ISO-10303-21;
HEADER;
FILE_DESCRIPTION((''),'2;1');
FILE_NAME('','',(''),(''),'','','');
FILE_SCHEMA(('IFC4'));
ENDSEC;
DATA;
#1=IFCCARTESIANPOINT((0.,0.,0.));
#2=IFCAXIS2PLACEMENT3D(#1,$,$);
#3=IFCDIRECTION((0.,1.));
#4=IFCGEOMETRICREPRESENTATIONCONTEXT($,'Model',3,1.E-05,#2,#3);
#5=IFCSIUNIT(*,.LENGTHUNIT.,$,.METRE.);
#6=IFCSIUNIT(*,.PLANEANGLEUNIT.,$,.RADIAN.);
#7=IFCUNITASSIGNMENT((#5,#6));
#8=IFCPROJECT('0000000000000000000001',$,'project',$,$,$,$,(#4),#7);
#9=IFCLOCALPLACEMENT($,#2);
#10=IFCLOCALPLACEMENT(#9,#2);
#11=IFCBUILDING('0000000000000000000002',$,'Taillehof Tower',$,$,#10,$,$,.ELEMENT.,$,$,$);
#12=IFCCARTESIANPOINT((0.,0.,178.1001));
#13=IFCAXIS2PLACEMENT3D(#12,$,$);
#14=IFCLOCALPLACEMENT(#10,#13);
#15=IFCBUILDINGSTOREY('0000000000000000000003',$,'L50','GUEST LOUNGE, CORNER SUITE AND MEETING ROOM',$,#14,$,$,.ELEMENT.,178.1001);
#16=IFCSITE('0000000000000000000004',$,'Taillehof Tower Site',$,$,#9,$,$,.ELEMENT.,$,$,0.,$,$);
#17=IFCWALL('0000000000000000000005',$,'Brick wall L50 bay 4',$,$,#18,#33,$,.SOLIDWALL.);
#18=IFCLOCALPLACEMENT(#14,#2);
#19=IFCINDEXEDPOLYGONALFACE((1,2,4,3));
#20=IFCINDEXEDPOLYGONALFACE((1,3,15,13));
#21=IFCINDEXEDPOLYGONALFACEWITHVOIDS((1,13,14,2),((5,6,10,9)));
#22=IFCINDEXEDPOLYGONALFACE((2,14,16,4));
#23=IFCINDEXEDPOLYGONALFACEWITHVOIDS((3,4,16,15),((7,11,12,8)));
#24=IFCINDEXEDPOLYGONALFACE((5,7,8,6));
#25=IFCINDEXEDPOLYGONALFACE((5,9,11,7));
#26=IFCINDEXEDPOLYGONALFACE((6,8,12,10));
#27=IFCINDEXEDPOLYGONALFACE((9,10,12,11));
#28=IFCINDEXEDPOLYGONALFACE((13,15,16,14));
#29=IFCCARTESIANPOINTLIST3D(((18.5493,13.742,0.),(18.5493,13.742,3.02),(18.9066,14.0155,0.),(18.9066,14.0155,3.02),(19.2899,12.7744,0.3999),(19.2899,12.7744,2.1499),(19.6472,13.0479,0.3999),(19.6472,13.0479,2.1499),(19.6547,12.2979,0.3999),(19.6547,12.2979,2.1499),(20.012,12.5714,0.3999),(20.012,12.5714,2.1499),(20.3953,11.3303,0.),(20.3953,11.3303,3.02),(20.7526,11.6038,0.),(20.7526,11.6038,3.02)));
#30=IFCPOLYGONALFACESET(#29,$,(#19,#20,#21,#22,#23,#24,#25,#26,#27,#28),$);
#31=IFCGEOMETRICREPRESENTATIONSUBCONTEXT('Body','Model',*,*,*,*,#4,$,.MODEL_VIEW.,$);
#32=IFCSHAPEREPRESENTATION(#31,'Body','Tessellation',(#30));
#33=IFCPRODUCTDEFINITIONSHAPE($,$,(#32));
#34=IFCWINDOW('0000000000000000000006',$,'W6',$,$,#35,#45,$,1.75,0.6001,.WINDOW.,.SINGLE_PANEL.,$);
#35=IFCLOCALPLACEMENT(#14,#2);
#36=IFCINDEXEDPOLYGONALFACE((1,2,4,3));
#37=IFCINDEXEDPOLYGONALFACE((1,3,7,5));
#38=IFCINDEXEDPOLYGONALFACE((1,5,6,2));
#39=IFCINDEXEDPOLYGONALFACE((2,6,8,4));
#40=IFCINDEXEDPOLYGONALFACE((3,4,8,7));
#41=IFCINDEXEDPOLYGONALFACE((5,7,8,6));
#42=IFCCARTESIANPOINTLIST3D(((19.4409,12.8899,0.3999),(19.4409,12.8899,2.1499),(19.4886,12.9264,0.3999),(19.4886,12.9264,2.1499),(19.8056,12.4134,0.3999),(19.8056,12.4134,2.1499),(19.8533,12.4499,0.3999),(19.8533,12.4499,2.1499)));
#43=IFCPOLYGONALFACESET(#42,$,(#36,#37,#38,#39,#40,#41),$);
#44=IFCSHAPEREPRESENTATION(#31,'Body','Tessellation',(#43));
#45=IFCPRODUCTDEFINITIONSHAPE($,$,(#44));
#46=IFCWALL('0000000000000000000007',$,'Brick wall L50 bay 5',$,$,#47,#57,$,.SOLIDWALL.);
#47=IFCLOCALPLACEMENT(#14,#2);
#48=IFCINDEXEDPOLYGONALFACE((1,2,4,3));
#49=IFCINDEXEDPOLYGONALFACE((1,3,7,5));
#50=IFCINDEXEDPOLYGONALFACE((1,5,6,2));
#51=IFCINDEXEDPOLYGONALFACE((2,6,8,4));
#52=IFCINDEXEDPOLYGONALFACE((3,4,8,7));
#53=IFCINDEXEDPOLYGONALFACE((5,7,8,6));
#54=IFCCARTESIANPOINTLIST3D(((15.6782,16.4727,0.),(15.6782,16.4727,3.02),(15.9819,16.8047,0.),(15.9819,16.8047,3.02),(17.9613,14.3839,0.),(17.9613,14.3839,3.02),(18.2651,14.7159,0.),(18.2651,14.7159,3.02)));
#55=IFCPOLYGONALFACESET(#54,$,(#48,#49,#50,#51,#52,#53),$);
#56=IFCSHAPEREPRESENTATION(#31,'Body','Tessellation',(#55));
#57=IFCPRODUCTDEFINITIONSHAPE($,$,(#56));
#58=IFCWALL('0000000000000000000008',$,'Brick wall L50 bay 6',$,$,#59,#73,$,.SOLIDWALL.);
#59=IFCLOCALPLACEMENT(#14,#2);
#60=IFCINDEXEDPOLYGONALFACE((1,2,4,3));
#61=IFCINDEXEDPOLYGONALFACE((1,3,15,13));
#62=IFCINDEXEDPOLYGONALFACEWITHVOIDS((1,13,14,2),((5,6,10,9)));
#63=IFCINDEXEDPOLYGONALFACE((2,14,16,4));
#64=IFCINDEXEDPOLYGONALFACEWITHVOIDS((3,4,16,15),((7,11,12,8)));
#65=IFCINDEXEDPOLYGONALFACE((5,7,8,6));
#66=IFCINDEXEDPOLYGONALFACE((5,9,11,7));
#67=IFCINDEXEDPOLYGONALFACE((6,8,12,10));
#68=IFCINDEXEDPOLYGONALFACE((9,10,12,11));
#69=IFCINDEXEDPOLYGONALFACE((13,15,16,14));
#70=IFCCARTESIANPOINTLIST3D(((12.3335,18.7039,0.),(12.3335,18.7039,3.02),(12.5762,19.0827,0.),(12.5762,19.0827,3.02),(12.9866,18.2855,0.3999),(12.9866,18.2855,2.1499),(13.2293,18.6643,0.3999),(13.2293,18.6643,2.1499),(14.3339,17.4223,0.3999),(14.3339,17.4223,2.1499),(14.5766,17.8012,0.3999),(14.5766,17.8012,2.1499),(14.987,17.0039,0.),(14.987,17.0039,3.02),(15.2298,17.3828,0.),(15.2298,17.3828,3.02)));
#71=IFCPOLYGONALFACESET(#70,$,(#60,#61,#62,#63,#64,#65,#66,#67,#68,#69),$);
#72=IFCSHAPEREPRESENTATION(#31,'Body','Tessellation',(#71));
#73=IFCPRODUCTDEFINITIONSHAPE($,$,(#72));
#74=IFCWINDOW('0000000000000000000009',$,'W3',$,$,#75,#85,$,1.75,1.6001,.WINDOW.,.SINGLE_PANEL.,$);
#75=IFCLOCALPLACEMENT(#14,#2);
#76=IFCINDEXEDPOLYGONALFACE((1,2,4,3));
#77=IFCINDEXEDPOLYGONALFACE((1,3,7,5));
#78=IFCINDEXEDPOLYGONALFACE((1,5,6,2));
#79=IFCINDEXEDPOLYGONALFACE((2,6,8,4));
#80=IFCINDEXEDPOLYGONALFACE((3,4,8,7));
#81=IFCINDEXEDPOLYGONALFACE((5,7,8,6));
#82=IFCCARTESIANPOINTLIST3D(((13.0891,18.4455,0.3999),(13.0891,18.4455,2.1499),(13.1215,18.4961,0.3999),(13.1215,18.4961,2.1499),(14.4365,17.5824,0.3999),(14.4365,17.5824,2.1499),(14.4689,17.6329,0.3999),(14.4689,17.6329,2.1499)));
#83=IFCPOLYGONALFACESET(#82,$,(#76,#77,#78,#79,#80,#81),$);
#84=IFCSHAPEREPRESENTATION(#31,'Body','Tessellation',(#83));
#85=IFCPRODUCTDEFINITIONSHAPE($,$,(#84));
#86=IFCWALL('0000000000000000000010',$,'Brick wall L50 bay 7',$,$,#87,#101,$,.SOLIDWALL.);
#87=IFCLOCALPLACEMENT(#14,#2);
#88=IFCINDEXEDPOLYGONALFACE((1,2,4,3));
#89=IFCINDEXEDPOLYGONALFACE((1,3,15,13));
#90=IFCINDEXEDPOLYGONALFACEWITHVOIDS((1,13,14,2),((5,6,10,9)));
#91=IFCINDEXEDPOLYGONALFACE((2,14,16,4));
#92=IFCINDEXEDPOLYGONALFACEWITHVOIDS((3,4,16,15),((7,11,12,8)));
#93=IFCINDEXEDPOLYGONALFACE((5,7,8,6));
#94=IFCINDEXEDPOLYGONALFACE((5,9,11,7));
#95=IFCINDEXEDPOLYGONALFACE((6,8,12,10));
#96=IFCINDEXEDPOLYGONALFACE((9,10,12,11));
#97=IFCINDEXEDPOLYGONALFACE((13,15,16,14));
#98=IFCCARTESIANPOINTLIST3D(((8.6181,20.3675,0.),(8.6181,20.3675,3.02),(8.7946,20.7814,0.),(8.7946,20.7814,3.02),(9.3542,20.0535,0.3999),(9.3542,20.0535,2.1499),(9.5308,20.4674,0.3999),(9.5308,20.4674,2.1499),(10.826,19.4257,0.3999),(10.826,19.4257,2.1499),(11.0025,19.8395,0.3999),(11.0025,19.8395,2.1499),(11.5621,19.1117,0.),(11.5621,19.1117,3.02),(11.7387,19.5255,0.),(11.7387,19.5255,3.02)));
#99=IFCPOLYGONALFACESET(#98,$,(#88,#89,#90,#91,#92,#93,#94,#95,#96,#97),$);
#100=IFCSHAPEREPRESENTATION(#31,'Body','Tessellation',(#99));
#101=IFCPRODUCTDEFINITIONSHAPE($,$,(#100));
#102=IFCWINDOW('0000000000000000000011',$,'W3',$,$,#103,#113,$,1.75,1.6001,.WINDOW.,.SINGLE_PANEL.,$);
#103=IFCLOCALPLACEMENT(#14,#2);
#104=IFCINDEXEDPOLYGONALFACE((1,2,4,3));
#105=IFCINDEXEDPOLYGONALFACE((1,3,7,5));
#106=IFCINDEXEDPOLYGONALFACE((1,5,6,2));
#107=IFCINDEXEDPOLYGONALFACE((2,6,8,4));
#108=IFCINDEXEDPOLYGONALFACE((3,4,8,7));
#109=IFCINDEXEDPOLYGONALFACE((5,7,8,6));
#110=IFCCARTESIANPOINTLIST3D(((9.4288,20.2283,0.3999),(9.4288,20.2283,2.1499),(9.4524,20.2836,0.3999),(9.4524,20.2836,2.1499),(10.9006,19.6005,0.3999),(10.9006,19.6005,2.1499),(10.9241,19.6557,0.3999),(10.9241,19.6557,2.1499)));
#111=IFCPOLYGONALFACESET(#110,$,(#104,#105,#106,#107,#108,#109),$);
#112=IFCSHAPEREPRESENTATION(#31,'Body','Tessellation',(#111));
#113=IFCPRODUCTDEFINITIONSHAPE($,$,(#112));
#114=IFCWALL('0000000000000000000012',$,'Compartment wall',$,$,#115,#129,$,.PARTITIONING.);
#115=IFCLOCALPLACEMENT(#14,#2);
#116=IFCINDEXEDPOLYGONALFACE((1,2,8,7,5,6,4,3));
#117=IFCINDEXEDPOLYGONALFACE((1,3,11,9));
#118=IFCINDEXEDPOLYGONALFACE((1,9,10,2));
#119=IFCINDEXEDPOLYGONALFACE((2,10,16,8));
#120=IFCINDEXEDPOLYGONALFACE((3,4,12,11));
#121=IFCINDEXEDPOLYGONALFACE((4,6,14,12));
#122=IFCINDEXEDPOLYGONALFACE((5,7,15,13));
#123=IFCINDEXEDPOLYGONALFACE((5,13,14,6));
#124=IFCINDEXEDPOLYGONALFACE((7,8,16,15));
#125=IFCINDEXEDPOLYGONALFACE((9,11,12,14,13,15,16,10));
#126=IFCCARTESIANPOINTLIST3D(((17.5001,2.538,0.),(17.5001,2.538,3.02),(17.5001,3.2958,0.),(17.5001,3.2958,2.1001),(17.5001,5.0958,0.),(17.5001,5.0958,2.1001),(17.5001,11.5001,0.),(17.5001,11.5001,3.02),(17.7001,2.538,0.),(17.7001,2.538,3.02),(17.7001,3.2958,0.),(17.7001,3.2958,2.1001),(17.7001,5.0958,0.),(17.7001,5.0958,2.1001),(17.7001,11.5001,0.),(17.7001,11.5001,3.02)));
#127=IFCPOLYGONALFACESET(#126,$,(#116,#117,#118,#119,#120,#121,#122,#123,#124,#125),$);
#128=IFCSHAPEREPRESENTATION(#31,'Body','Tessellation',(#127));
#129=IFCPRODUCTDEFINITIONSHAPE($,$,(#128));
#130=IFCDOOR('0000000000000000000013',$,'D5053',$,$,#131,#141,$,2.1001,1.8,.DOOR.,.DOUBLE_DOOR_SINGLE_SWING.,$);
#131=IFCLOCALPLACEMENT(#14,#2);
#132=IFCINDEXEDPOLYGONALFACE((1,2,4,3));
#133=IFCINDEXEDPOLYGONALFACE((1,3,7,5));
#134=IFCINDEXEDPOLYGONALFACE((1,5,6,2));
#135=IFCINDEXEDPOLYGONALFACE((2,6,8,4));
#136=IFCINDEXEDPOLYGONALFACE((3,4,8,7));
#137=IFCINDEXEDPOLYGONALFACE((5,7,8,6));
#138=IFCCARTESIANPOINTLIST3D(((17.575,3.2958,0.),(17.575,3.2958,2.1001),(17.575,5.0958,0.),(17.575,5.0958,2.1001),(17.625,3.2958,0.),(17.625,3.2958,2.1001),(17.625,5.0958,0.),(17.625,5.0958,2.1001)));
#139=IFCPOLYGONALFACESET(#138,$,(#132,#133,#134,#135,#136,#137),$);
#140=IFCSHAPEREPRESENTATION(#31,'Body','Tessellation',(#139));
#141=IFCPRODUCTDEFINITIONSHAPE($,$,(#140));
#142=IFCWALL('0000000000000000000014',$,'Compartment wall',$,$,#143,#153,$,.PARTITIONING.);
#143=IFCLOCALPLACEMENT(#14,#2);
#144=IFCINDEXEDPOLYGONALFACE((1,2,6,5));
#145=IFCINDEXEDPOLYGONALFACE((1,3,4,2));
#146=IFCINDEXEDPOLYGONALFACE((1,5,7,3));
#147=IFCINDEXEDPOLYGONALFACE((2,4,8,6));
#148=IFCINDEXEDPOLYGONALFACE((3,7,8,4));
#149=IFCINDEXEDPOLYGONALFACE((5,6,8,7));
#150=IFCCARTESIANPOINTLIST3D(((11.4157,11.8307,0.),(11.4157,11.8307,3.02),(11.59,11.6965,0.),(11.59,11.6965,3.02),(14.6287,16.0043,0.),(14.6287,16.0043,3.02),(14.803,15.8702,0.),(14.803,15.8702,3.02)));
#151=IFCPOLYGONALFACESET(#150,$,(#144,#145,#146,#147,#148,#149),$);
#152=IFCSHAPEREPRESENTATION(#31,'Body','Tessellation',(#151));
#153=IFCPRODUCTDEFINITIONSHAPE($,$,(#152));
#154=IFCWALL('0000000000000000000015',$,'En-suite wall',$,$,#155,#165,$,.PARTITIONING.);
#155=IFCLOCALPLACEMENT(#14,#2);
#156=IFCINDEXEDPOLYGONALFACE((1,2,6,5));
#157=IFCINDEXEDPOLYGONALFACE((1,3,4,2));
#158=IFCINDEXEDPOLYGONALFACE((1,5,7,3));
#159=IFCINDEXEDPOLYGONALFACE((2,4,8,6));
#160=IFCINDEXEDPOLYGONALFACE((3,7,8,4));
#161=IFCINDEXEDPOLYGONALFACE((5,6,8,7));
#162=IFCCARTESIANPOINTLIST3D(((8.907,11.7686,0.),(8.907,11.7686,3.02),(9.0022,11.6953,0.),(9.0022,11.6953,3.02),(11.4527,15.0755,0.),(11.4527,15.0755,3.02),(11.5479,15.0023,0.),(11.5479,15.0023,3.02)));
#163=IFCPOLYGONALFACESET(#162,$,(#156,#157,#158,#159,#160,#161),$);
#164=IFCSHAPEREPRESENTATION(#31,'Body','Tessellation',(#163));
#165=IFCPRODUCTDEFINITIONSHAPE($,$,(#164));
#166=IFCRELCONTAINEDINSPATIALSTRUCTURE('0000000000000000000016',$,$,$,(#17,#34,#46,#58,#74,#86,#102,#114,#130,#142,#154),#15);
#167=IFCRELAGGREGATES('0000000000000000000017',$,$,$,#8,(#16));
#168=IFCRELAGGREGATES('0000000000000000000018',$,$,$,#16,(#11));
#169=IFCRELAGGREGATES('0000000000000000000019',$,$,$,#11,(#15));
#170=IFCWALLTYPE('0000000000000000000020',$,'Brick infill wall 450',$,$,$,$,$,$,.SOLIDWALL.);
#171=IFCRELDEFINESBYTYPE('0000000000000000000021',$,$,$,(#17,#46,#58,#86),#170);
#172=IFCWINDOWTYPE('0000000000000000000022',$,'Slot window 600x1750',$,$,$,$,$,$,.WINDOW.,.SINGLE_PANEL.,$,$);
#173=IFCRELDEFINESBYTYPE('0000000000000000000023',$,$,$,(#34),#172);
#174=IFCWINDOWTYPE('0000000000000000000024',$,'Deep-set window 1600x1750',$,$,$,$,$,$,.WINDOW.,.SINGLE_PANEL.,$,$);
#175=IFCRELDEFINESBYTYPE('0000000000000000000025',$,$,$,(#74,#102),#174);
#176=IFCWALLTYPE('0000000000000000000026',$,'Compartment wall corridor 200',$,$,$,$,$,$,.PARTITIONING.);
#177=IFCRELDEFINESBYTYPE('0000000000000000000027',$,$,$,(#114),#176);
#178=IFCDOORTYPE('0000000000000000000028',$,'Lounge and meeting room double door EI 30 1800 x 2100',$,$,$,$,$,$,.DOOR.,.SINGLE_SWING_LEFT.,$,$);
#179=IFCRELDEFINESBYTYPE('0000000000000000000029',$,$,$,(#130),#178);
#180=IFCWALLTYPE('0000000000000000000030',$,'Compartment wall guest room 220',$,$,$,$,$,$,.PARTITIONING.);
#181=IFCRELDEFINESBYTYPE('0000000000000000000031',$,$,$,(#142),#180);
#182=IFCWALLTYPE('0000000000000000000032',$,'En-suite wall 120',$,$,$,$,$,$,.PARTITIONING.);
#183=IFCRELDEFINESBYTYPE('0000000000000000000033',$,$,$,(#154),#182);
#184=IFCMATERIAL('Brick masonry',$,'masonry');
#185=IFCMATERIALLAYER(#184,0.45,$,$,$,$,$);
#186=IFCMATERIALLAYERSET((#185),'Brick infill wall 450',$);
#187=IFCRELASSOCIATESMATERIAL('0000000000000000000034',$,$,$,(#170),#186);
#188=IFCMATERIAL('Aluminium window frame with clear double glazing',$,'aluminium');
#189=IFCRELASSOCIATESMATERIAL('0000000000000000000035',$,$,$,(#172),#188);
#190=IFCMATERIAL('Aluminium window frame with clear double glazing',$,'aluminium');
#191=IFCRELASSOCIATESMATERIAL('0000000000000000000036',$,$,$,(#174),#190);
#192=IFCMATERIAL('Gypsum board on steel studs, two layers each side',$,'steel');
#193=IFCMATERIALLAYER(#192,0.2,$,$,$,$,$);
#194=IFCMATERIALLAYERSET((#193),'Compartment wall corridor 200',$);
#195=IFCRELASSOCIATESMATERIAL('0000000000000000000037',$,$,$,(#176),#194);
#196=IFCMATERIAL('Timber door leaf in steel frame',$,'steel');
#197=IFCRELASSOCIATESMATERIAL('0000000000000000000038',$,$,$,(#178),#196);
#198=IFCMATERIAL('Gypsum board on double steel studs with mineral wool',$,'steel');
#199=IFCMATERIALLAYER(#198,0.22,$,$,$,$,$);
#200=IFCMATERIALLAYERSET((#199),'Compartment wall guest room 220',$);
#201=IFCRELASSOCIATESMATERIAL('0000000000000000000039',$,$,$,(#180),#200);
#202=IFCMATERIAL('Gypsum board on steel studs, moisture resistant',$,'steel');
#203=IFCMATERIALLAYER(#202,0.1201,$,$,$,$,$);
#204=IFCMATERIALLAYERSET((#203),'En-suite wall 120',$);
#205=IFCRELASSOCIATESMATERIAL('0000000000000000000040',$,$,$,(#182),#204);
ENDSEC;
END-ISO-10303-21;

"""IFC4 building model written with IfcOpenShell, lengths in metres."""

from ifc_helpers import new_model, si_unit, direction, frame, frame_2d, origin, place, context, subcontext, project, spatial, rectangle, extrude, material, layer, layer_set, type_object, element, fill, save


model = new_model("IFC4")

# Units and contexts
model_context = context("Model", 3, precision=1e-05, world=origin(), true_north=direction((0.0, 1.0)))
body_context = subcontext(model_context, "Body", "Model", "MODEL_VIEW")
ifc_project = project(units=[si_unit("LENGTHUNIT", "METRE"), si_unit("PLANEANGLEUNIT", "RADIAN")], contexts=[model_context])

# Site, building, storey
site_placement = place(None, origin())
site = spatial("IfcSite", under=ifc_project, at=site_placement, Name="Taillehof Tower Site", CompositionType="ELEMENT", RefElevation=0.0)
building_placement = place(site_placement, origin())
building = spatial("IfcBuilding", under=site, at=building_placement, Name="Taillehof Tower", CompositionType="ELEMENT")
storey_placement = place(building_placement, frame((0.0, 0.0, 178.1001)))
storey = spatial("IfcBuildingStorey", under=building, at=storey_placement, Name="L50", Description="GUEST LOUNGE, CORNER SUITE AND MEETING ROOM", CompositionType="ELEMENT", Elevation=178.1001)

# Wall, opening, window
ifc_material_1 = material(Name="Brick masonry", Category="masonry")
ifc_layer_1 = layer(ifc_material_1, 0.45)
ifc_layer_set_1 = layer_set([ifc_layer_1], Name="Brick infill wall 450")
wall_type_1 = type_object("IfcWallType", Name="Brick infill wall 450", PredefinedType="SOLIDWALL", material=ifc_layer_set_1)
wall_1_placement = place(storey_placement, frame((20.574, 11.467, 0.0), z_axis=(0.0, 0.0, 1.0), x_axis=(-0.607817, 0.794077, 0.0)))
wall_1 = element("IfcWall", 1, at=wall_1_placement, inside=storey, type_object=wall_type_1, Name="Brick wall L50 bay 4", PredefinedType="SOLIDWALL", context=body_context, shape_type="SweptSolid", body=[
    extrude(rectangle(XDim=3.0371, YDim=0.45, at=frame_2d((1.5186, 0.0))), origin(), (0.0, 0.0, 1.0), 3.02),
])
opening_1_placement = place(wall_1_placement, frame((1.2185, 0.0, 0.3999)))
opening_1 = element("IfcOpeningElement", 2, at=opening_1_placement, cuts=wall_1, PredefinedType="OPENING", context=body_context, shape_type="SweptSolid", body=[
    extrude(rectangle(XDim=0.6001, YDim=1.75, at=frame_2d((0.3, 0.875))), frame((0.0, 0.2349, 0.0), z_axis=(0.0, -1.0, 0.0), x_axis=(1.0, 0.0, 0.0)), (0.0, 0.0, 1.0), 0.47),
])
ifc_material_2 = material(Name="Aluminium window frame with clear double glazing", Category="aluminium")
window_type_1 = type_object("IfcWindowType", Name="Slot window 600x1750", PartitioningType="SINGLE_PANEL", PredefinedType="WINDOW", material=ifc_material_2)
window_1_placement = place(opening_1_placement, origin())
window_1 = element("IfcWindow", 3, at=window_1_placement, inside=storey, type_object=window_type_1, Name="W6", OverallHeight=1.75, OverallWidth=0.6001, PartitioningType="SINGLE_PANEL", PredefinedType="WINDOW", context=body_context, shape_type="SweptSolid", body=[
    extrude(rectangle(XDim=0.6001, YDim=1.75, at=frame_2d((0.3, 0.875))), frame((0.0, 0.0349, 0.0), z_axis=(0.0, -1.0, 0.0), x_axis=(1.0, 0.0, 0.0)), (0.0, 0.0, 1.0), 0.0601),
])
fill(opening_1, window_1)

# Wall
wall_2_placement = place(storey_placement, frame((18.1133, 14.5498, 0.0), z_axis=(0.0, 0.0, 1.0), x_axis=(-0.737809, 0.67501, 0.0)))
element("IfcWall", 4, at=wall_2_placement, inside=storey, type_object=wall_type_1, Name="Brick wall L50 bay 5", PredefinedType="SOLIDWALL", context=body_context, shape_type="SweptSolid", body=[
    extrude(rectangle(XDim=3.0945, YDim=0.45, at=frame_2d((1.5474, 0.0))), origin(), (0.0, 0.0, 1.0), 3.02),
])

# Walls, openings, windows
wall_3_placement = place(storey_placement, frame((15.1084, 17.1934, 0.0), z_axis=(0.0, 0.0, 1.0), x_axis=(-0.842031, 0.53943, 0.0)))
wall_3 = element("IfcWall", 5, at=wall_3_placement, inside=storey, type_object=wall_type_1, Name="Brick wall L50 bay 6", PredefinedType="SOLIDWALL", context=body_context, shape_type="SweptSolid", body=[
    extrude(rectangle(XDim=3.1514, YDim=0.45, at=frame_2d((1.5757, 0.0))), origin(), (0.0, 0.0, 1.0), 3.02),
])
opening_2_placement = place(wall_3_placement, frame((0.7756, 0.0, 0.3999)))
opening_2 = element("IfcOpeningElement", 6, at=opening_2_placement, cuts=wall_3, PredefinedType="OPENING", context=body_context, shape_type="SweptSolid", body=[
    extrude(rectangle(XDim=1.6001, YDim=1.75, at=frame_2d((0.8, 0.875))), frame((0.0, 0.2349, 0.0), z_axis=(0.0, -1.0, 0.0), x_axis=(1.0, 0.0, 0.0)), (0.0, 0.0, 1.0), 0.47),
])
ifc_material_3 = material(Name="Aluminium window frame with clear double glazing", Category="aluminium")
window_type_2 = type_object("IfcWindowType", Name="Deep-set window 1600x1750", PartitioningType="SINGLE_PANEL", PredefinedType="WINDOW", material=ifc_material_3)
window_2_placement = place(opening_2_placement, origin())
window_2 = element("IfcWindow", 7, at=window_2_placement, inside=storey, type_object=window_type_2, Name="W3", OverallHeight=1.75, OverallWidth=1.6001, PartitioningType="SINGLE_PANEL", PredefinedType="WINDOW", context=body_context, shape_type="SweptSolid", body=[
    extrude(rectangle(XDim=1.6001, YDim=1.75, at=frame_2d((0.8, 0.875))), frame((0.0, 0.0349, 0.0), z_axis=(0.0, -1.0, 0.0), x_axis=(1.0, 0.0, 0.0)), (0.0, 0.0, 1.0), 0.0601),
])
fill(opening_2, window_2)
wall_4_placement = place(storey_placement, frame((11.6504, 19.3186, 0.0), z_axis=(0.0, 0.0, 1.0), x_axis=(-0.91981, 0.392363, 0.0)))
wall_4 = element("IfcWall", 8, at=wall_4_placement, inside=storey, type_object=wall_type_1, Name="Brick wall L50 bay 7", PredefinedType="SOLIDWALL", context=body_context, shape_type="SweptSolid", body=[
    extrude(rectangle(XDim=3.2007, YDim=0.45, at=frame_2d((1.6003, 0.0))), origin(), (0.0, 0.0, 1.0), 3.02),
])
opening_3_placement = place(wall_4_placement, frame((0.8003, 0.0, 0.3999)))
opening_3 = element("IfcOpeningElement", 9, at=opening_3_placement, cuts=wall_4, PredefinedType="OPENING", context=body_context, shape_type="SweptSolid", body=[
    extrude(rectangle(XDim=1.6001, YDim=1.75, at=frame_2d((0.8, 0.875))), frame((0.0, 0.2349, 0.0), z_axis=(0.0, -1.0, 0.0), x_axis=(1.0, 0.0, 0.0)), (0.0, 0.0, 1.0), 0.47),
])
window_3_placement = place(opening_3_placement, origin())
window_3 = element("IfcWindow", 10, at=window_3_placement, inside=storey, type_object=window_type_2, Name="W3", OverallHeight=1.75, OverallWidth=1.6001, PartitioningType="SINGLE_PANEL", PredefinedType="WINDOW", context=body_context, shape_type="SweptSolid", body=[
    extrude(rectangle(XDim=1.6001, YDim=1.75, at=frame_2d((0.8, 0.875))), frame((0.0, 0.0349, 0.0), z_axis=(0.0, -1.0, 0.0), x_axis=(1.0, 0.0, 0.0)), (0.0, 0.0, 1.0), 0.0601),
])
fill(opening_3, window_3)

# Wall, opening, door
ifc_material_4 = material(Name="Gypsum board on steel studs, two layers each side", Category="steel")
ifc_layer_2 = layer(ifc_material_4, 0.2)
ifc_layer_set_2 = layer_set([ifc_layer_2], Name="Compartment wall corridor 200")
wall_type_2 = type_object("IfcWallType", Name="Compartment wall corridor 200", PredefinedType="PARTITIONING", material=ifc_layer_set_2)
wall_5_placement = place(storey_placement, frame((17.6001, 11.5, 0.0), z_axis=(0.0, 0.0, 1.0), x_axis=(0.0, -1.0, 0.0)))
wall_5 = element("IfcWall", 11, at=wall_5_placement, inside=storey, type_object=wall_type_2, Name="Compartment wall", PredefinedType="PARTITIONING", context=body_context, shape_type="SweptSolid", body=[
    extrude(rectangle(XDim=8.9622, YDim=0.2, at=frame_2d((4.481, 0.0))), origin(), (0.0, 0.0, 1.0), 3.02),
])
opening_4_placement = place(wall_5_placement, frame((6.4043, 0.0, 0.0)))
opening_4 = element("IfcOpeningElement", 12, at=opening_4_placement, cuts=wall_5, PredefinedType="OPENING", context=body_context, shape_type="SweptSolid", body=[
    extrude(rectangle(XDim=1.8, YDim=2.1001, at=frame_2d((0.8999, 1.05))), frame((0.0, 0.1099, 0.0), z_axis=(0.0, -1.0, 0.0), x_axis=(1.0, 0.0, 0.0)), (0.0, 0.0, 1.0), 0.22),
])
ifc_material_5 = material(Name="Timber door leaf in steel frame", Category="steel")
door_type_1 = type_object("IfcDoorType", Name="Lounge and meeting room double door EI 30 1800 x 2100", OperationType="SINGLE_SWING_LEFT", PredefinedType="DOOR", material=ifc_material_5)
door_1_placement = place(opening_4_placement, origin())
door_1 = element("IfcDoor", 13, at=door_1_placement, inside=storey, type_object=door_type_1, Name="D5053", OperationType="DOUBLE_DOOR_SINGLE_SWING", OverallHeight=2.1001, OverallWidth=1.8, PredefinedType="DOOR", context=body_context, shape_type="SweptSolid", body=[
    extrude(rectangle(XDim=1.8, YDim=2.1001, at=frame_2d((0.8999, 1.05))), frame((0.0, 0.0249, 0.0), z_axis=(0.0, -1.0, 0.0), x_axis=(1.0, 0.0, 0.0)), (0.0, 0.0, 1.0), 0.05),
])
fill(opening_4, door_1)

# Walls
ifc_material_6 = material(Name="Gypsum board on double steel studs with mineral wool", Category="steel")
ifc_layer_3 = layer(ifc_material_6, 0.22)
ifc_layer_set_3 = layer_set([ifc_layer_3], Name="Compartment wall guest room 220")
wall_type_3 = type_object("IfcWallType", Name="Compartment wall guest room 220", PredefinedType="PARTITIONING", material=ifc_layer_set_3)
wall_6_placement = place(storey_placement, frame((14.7158, 15.9373, 0.0), z_axis=(0.0, 0.0, 1.0), x_axis=(-0.610002, -0.7924, 0.0)))
element("IfcWall", 14, at=wall_6_placement, inside=storey, type_object=wall_type_3, Name="Compartment wall", PredefinedType="PARTITIONING", context=body_context, shape_type="SweptSolid", body=[
    extrude(rectangle(XDim=5.2671, YDim=0.22, at=frame_2d((2.6335, 0.0))), origin(), (0.0, 0.0, 1.0), 3.02),
])
ifc_material_7 = material(Name="Gypsum board on steel studs, moisture resistant", Category="steel")
ifc_layer_4 = layer(ifc_material_7, 0.1201)
ifc_layer_set_4 = layer_set([ifc_layer_4], Name="En-suite wall 120")
wall_type_4 = type_object("IfcWallType", Name="En-suite wall 120", PredefinedType="PARTITIONING", material=ifc_layer_set_4)
wall_7_placement = place(storey_placement, frame((8.9546, 11.7319, 0.0), z_axis=(0.0, 0.0, 1.0), x_axis=(0.609996, 0.792404, 0.0)))
element("IfcWall", 15, at=wall_7_placement, inside=storey, type_object=wall_type_4, Name="En-suite wall", PredefinedType="PARTITIONING", context=body_context, shape_type="SweptSolid", body=[
    extrude(rectangle(XDim=4.1733, YDim=0.1201, at=frame_2d((2.0867, 0.0))), origin(), (0.0, 0.0, 1.0), 3.02),
])

save(model, "model.ifc")
